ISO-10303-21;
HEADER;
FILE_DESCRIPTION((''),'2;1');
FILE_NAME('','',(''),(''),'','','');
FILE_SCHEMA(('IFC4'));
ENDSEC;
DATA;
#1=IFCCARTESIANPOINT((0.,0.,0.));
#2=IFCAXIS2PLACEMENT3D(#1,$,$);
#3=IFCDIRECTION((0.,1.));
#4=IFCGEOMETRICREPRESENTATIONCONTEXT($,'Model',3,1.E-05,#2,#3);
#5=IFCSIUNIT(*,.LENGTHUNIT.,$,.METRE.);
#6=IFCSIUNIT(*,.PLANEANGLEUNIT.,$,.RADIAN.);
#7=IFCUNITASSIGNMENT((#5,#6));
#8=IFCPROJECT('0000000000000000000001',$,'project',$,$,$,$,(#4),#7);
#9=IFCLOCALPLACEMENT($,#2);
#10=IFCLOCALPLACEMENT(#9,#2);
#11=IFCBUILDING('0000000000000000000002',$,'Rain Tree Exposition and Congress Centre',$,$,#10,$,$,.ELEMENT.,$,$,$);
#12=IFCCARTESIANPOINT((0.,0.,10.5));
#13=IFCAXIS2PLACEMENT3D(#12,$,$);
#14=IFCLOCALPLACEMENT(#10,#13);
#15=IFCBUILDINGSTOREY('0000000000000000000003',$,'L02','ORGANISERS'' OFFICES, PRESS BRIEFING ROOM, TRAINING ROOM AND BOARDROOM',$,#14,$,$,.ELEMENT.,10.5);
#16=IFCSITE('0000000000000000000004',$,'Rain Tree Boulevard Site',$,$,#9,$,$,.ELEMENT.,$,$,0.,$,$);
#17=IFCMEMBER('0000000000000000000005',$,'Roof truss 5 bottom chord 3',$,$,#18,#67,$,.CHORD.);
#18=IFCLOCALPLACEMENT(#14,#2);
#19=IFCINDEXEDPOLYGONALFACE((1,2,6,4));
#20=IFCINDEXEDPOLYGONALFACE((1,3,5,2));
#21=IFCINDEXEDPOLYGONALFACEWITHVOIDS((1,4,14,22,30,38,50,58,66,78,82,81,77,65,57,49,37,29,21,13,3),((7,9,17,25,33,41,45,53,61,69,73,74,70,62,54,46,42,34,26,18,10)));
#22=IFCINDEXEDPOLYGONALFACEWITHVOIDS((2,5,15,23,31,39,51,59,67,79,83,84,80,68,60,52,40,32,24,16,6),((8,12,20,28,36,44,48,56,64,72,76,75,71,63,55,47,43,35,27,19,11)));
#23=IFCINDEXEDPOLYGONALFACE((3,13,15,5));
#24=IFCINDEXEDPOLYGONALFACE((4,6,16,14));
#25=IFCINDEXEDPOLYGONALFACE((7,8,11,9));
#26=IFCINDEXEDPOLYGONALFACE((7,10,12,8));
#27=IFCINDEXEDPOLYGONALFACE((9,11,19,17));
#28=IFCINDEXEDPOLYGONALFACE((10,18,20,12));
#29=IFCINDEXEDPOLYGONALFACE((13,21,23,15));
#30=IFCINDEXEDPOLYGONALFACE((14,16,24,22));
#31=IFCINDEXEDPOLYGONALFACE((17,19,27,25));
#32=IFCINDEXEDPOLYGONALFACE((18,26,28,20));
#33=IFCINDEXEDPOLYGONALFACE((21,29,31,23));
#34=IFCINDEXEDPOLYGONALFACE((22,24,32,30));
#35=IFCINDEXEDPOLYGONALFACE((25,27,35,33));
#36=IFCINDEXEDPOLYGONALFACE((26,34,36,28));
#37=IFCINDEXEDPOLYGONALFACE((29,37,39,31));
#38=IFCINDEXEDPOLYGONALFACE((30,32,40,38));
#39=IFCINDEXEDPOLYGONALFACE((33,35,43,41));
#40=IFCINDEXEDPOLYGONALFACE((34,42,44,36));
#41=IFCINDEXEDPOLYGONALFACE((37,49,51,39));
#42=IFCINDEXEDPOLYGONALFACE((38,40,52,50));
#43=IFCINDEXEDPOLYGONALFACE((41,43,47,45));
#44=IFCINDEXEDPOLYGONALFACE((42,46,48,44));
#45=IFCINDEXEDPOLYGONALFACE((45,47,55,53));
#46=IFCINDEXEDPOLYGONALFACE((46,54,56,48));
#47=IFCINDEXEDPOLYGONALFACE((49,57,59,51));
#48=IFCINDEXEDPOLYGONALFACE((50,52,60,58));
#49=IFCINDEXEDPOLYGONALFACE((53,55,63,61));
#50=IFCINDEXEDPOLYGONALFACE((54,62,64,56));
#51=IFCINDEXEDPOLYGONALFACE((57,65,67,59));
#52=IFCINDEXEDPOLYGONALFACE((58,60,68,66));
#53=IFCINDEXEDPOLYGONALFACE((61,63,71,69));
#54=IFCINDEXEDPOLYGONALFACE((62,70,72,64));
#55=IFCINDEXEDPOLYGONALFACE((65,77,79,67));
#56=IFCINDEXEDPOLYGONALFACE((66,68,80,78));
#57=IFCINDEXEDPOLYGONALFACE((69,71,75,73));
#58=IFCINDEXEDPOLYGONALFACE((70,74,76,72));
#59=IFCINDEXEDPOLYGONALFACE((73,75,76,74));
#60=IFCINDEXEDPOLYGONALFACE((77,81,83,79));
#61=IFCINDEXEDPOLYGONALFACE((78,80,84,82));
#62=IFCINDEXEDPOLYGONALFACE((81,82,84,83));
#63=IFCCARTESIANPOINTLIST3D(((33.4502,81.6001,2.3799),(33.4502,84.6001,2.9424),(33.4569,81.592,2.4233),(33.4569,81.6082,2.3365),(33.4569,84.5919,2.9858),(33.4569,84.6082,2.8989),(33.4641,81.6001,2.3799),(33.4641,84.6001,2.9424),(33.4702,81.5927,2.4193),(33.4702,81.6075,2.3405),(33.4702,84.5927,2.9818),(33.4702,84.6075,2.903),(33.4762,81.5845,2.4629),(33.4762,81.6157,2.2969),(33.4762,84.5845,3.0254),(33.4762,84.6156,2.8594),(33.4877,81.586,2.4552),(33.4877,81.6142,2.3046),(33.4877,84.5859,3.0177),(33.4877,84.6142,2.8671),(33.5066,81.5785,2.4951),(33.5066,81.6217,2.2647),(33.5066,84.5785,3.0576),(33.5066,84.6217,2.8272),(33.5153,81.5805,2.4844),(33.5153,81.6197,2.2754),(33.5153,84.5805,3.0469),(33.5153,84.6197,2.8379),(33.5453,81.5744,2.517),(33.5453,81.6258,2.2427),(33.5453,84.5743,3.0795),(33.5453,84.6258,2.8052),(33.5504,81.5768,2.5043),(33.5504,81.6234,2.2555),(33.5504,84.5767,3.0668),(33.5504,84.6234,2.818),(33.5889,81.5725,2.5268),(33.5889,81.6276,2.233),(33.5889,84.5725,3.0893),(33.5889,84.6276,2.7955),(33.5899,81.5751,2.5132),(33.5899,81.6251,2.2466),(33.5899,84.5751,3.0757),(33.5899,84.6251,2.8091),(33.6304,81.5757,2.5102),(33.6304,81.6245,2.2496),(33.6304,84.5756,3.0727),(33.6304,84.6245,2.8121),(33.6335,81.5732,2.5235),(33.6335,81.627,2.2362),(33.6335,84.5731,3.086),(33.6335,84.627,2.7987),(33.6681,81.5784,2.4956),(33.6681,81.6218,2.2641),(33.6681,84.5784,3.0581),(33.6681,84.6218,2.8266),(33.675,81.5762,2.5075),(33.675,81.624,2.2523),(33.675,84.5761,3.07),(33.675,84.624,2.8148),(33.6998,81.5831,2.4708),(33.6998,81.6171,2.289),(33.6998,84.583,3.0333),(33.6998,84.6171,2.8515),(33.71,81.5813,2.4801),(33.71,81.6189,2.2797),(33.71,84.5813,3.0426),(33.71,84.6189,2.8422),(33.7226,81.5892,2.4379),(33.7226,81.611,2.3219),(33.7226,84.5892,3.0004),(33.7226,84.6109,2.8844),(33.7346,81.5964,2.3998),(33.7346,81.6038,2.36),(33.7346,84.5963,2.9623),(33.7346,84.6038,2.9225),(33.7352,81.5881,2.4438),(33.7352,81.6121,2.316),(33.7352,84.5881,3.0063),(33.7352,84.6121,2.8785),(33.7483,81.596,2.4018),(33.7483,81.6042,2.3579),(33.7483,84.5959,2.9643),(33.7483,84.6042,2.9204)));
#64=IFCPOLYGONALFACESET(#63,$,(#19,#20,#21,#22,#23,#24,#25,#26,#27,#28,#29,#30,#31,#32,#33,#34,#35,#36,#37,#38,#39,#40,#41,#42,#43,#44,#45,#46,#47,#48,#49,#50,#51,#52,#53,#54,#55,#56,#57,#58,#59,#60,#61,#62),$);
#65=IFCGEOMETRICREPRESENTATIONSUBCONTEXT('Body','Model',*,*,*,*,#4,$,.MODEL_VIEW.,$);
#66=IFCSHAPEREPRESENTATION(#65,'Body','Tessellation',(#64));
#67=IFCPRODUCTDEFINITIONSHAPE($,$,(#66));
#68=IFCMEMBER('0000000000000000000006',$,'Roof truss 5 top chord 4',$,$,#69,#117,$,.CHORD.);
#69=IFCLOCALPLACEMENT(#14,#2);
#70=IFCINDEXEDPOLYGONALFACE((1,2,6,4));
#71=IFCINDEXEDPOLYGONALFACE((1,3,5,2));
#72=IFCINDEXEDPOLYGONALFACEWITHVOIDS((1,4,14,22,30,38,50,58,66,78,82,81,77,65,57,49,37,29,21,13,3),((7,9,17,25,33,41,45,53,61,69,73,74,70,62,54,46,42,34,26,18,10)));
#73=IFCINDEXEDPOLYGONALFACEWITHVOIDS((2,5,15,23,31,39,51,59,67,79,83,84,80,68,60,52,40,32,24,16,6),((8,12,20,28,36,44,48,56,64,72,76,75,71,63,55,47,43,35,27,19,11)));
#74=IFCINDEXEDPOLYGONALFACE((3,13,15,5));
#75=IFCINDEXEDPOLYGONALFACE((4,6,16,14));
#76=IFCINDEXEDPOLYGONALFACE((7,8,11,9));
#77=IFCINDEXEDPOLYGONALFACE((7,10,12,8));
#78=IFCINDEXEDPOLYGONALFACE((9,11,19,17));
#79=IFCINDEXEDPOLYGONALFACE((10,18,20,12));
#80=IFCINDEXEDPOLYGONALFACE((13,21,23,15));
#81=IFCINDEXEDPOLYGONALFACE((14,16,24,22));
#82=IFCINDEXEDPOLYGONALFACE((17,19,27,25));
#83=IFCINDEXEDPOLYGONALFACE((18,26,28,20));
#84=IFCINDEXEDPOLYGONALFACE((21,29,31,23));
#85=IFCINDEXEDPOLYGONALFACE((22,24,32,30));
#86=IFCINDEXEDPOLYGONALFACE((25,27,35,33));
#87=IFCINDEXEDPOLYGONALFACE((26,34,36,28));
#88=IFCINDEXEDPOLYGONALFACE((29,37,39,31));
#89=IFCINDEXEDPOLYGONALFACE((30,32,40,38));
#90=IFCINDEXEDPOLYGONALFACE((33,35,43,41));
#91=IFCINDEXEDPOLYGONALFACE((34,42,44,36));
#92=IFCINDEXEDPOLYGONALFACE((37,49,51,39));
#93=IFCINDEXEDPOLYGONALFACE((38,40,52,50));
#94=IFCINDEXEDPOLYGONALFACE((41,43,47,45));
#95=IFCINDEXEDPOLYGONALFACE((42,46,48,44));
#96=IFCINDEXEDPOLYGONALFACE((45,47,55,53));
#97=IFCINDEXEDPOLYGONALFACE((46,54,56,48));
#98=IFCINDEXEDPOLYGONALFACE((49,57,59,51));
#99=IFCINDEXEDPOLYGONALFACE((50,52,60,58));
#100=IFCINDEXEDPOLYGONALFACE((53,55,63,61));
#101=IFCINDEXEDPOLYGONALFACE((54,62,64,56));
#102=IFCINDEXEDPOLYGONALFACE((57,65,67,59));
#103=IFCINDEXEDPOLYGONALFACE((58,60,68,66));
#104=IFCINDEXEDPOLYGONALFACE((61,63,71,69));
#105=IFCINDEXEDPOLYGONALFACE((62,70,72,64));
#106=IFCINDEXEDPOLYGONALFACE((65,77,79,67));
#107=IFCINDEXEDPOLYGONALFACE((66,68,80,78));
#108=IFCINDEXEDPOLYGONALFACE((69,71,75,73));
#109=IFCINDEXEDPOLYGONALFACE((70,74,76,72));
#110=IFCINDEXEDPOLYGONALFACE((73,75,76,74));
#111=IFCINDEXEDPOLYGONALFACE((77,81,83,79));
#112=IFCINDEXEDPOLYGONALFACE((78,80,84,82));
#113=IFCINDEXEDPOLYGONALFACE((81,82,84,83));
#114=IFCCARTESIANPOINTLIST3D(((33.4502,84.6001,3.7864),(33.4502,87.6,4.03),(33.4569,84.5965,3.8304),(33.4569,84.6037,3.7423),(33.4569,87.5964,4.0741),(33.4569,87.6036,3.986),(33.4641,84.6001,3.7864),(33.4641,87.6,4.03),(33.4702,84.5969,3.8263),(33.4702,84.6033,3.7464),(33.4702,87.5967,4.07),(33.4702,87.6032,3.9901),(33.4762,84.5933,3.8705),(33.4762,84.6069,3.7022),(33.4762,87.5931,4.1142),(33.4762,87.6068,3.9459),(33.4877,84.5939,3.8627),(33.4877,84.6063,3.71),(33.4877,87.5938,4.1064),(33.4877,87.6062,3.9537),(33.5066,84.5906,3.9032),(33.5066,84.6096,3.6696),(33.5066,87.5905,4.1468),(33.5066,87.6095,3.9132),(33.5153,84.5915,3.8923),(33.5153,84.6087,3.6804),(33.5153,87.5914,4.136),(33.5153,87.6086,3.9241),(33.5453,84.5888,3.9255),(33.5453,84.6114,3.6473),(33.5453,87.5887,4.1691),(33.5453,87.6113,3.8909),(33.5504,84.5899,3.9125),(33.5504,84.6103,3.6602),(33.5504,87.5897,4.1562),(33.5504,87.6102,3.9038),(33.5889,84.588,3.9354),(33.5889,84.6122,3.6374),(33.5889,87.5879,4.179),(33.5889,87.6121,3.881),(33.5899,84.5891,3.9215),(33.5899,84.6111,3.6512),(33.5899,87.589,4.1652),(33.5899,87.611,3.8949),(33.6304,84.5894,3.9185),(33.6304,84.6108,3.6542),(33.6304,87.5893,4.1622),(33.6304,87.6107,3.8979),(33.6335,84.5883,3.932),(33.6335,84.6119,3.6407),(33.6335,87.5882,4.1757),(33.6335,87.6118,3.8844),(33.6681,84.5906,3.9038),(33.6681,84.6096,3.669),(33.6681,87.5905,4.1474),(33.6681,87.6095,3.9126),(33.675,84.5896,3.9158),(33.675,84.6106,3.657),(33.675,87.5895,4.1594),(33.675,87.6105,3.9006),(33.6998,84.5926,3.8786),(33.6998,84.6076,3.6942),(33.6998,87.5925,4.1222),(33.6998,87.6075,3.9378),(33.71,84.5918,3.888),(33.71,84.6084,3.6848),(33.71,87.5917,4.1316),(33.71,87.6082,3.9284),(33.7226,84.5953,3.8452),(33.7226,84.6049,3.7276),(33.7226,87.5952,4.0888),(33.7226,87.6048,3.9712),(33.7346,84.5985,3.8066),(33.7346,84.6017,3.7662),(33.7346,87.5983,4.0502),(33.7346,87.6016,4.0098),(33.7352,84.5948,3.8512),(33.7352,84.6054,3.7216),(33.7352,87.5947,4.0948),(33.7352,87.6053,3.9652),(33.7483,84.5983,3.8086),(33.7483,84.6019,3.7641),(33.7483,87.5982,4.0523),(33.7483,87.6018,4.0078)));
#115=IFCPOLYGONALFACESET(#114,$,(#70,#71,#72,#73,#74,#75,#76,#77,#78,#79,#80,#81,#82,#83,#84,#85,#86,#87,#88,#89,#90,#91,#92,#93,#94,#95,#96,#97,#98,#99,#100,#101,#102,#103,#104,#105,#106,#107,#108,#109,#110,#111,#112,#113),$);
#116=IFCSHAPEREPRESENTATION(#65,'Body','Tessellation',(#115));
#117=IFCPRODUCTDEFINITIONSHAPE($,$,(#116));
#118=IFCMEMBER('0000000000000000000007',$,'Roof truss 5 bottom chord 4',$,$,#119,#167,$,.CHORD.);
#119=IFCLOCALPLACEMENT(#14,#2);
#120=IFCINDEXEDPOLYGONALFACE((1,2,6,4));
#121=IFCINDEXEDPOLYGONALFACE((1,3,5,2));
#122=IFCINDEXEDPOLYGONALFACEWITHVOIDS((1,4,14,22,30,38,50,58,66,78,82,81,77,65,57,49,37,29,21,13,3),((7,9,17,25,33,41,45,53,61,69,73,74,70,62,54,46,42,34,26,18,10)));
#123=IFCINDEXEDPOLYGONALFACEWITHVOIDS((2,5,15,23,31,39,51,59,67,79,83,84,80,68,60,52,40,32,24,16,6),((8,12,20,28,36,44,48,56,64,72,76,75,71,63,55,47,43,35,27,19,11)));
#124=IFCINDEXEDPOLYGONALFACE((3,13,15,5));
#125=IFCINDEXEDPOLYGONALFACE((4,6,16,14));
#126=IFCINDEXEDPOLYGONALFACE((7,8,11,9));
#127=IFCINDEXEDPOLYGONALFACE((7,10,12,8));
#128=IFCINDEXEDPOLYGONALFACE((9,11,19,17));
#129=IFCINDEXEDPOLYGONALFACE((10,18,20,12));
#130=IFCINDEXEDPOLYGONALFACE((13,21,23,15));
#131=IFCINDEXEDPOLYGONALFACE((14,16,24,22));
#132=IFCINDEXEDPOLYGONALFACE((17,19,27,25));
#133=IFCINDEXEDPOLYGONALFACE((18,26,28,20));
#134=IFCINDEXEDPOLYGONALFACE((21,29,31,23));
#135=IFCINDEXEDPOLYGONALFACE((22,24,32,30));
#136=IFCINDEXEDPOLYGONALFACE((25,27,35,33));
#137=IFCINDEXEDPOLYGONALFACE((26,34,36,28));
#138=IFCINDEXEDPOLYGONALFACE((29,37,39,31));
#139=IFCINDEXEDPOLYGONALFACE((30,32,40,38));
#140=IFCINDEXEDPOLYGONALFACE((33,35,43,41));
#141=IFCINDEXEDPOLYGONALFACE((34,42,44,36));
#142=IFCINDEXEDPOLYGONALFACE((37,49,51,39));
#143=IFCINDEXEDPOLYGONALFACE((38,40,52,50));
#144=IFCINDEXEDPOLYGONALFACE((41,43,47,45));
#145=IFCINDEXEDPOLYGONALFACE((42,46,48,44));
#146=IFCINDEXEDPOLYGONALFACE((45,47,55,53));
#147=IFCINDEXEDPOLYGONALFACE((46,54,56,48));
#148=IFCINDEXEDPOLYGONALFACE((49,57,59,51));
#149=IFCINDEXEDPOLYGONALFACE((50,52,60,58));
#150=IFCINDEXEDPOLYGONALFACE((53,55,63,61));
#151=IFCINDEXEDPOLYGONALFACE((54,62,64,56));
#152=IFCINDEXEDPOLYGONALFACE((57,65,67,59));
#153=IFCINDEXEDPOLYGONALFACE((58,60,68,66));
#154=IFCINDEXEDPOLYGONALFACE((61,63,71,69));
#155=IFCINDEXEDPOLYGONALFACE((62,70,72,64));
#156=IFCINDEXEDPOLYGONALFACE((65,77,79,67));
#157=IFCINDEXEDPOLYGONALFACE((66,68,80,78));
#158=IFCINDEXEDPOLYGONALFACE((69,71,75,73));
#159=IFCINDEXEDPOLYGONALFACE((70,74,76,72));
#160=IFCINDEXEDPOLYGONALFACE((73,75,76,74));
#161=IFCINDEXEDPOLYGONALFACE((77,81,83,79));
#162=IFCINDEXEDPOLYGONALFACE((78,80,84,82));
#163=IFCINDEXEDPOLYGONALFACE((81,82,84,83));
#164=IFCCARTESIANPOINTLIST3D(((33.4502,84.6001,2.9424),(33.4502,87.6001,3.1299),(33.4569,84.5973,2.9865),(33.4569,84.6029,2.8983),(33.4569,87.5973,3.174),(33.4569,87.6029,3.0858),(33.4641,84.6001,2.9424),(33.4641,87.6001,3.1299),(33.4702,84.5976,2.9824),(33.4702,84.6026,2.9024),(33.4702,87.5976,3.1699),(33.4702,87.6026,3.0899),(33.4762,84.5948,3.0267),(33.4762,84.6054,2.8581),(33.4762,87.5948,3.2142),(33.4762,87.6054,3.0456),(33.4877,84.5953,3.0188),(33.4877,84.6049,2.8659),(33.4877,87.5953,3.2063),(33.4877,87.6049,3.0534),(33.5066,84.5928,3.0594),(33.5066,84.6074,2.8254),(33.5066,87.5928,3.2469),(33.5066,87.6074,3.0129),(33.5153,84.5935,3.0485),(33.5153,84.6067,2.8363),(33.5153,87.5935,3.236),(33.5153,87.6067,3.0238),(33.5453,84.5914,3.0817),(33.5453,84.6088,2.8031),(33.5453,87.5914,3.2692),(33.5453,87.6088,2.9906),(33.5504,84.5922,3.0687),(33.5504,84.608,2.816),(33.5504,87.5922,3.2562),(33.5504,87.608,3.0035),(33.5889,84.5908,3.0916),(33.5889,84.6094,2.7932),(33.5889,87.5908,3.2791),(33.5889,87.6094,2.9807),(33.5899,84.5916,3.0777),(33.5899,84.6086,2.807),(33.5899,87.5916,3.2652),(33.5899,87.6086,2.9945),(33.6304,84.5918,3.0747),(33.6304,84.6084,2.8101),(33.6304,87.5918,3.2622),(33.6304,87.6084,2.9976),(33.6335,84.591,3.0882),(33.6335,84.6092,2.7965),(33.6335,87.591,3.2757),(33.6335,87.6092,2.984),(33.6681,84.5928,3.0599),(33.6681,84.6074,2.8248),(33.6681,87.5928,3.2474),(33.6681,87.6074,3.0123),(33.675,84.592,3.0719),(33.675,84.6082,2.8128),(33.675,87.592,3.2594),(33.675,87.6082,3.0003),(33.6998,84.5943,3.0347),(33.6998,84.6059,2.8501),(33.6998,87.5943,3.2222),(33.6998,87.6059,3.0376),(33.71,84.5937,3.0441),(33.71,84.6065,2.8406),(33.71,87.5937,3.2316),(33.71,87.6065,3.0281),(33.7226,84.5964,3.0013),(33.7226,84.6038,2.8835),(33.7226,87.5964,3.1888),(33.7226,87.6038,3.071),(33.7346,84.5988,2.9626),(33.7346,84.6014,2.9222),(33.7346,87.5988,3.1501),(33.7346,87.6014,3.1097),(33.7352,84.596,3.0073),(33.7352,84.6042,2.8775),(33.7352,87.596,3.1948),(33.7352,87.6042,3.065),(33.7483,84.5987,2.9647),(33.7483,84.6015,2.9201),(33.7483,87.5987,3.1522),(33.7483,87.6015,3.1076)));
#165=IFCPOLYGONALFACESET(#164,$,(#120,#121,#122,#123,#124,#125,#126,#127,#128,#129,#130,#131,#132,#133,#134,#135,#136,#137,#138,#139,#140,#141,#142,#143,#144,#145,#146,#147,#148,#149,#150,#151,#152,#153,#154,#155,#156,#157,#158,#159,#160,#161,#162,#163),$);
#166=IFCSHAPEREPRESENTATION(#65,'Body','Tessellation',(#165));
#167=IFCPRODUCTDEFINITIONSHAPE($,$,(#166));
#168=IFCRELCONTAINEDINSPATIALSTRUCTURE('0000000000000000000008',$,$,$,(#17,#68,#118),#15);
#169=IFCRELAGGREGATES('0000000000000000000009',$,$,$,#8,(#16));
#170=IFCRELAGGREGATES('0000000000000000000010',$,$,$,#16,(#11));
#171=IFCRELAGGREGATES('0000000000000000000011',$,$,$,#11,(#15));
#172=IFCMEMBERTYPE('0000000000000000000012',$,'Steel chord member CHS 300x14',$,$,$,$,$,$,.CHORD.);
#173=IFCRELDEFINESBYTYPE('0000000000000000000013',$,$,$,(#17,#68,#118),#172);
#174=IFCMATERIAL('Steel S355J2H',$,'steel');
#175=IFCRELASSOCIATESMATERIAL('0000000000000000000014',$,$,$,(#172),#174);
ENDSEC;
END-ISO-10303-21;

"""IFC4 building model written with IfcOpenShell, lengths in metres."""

from ifc_helpers import new_model, si_unit, direction, frame, origin, origin_2d, place, context, subcontext, project, spatial, hollow_circle, extrude, material, material_profile, profile_set, type_object, element, save


model = new_model("IFC4")

# Units and contexts
model_context = context("Model", 3, precision=1e-05, world=origin(), true_north=direction((0.0, 1.0)))
body_context = subcontext(model_context, "Body", "Model", "MODEL_VIEW")
ifc_project = project(units=[si_unit("LENGTHUNIT", "METRE"), si_unit("PLANEANGLEUNIT", "RADIAN")], contexts=[model_context])

# Site, building, storey
site_placement = place(None, origin())
site = spatial("IfcSite", under=ifc_project, at=site_placement, Name="Rain Tree Boulevard Site", CompositionType="ELEMENT", RefElevation=0.0)
building_placement = place(site_placement, origin())
building = spatial("IfcBuilding", under=site, at=building_placement, Name="Rain Tree Exposition and Congress Centre", CompositionType="ELEMENT")
storey_placement = place(building_placement, frame((0.0, 0.0, 10.5)))
storey = spatial("IfcBuildingStorey", under=building, at=storey_placement, Name="L02", Description="ORGANISERS' OFFICES, PRESS BRIEFING ROOM, TRAINING ROOM AND BOARDROOM", CompositionType="ELEMENT", Elevation=10.5)

# Members
ifc_material_1 = material(Name="Steel S355J2H", Category="steel")
ifc_material_profile_1 = material_profile(ifc_material_1, hollow_circle(Radius=0.1499, WallThickness=0.0139, at=origin_2d()), Name="CHS 300x14")
ifc_profile_set_1 = profile_set([ifc_material_profile_1], Name="Steel S355J2H")
member_type_1 = type_object("IfcMemberType", Name="Steel chord member CHS 300x14", PredefinedType="CHORD", material=ifc_profile_set_1)
member_1_placement = place(storey_placement, frame((33.6001, 81.6001, 2.3799), z_axis=(0.0, 0.982872, 0.184289), x_axis=(-1.0, 0.0, 0.0)))
element("IfcMember", 1, at=member_1_placement, inside=storey, type_object=member_type_1, Name="Roof truss 5 bottom chord 3", PredefinedType="CHORD", context=body_context, shape_type="SweptSolid", body=[
    extrude(hollow_circle(Radius=0.1499, WallThickness=0.0139, at=origin_2d()), origin(), (0.0, 0.0, 1.0), 3.0522),
])
member_2_placement = place(storey_placement, frame((33.6001, 84.6001, 3.7864), z_axis=(0.0, 0.996718, 0.080951), x_axis=(-1.0, 0.0, 0.0)))
element("IfcMember", 2, at=member_2_placement, inside=storey, type_object=member_type_1, Name="Roof truss 5 top chord 4", PredefinedType="CHORD", context=body_context, shape_type="SweptSolid", body=[
    extrude(hollow_circle(Radius=0.1499, WallThickness=0.0139, at=origin_2d()), origin(), (0.0, 0.0, 1.0), 3.0098),
])
member_3_placement = place(storey_placement, frame((33.6001, 84.6001, 2.9424), z_axis=(0.0, 0.998053, 0.062378), x_axis=(-1.0, 0.0, 0.0)))
element("IfcMember", 3, at=member_3_placement, inside=storey, type_object=member_type_1, Name="Roof truss 5 bottom chord 4", PredefinedType="CHORD", context=body_context, shape_type="SweptSolid", body=[
    extrude(hollow_circle(Radius=0.1499, WallThickness=0.0139, at=origin_2d()), origin(), (0.0, 0.0, 1.0), 3.0059),
])

save(model, "model.ifc")
